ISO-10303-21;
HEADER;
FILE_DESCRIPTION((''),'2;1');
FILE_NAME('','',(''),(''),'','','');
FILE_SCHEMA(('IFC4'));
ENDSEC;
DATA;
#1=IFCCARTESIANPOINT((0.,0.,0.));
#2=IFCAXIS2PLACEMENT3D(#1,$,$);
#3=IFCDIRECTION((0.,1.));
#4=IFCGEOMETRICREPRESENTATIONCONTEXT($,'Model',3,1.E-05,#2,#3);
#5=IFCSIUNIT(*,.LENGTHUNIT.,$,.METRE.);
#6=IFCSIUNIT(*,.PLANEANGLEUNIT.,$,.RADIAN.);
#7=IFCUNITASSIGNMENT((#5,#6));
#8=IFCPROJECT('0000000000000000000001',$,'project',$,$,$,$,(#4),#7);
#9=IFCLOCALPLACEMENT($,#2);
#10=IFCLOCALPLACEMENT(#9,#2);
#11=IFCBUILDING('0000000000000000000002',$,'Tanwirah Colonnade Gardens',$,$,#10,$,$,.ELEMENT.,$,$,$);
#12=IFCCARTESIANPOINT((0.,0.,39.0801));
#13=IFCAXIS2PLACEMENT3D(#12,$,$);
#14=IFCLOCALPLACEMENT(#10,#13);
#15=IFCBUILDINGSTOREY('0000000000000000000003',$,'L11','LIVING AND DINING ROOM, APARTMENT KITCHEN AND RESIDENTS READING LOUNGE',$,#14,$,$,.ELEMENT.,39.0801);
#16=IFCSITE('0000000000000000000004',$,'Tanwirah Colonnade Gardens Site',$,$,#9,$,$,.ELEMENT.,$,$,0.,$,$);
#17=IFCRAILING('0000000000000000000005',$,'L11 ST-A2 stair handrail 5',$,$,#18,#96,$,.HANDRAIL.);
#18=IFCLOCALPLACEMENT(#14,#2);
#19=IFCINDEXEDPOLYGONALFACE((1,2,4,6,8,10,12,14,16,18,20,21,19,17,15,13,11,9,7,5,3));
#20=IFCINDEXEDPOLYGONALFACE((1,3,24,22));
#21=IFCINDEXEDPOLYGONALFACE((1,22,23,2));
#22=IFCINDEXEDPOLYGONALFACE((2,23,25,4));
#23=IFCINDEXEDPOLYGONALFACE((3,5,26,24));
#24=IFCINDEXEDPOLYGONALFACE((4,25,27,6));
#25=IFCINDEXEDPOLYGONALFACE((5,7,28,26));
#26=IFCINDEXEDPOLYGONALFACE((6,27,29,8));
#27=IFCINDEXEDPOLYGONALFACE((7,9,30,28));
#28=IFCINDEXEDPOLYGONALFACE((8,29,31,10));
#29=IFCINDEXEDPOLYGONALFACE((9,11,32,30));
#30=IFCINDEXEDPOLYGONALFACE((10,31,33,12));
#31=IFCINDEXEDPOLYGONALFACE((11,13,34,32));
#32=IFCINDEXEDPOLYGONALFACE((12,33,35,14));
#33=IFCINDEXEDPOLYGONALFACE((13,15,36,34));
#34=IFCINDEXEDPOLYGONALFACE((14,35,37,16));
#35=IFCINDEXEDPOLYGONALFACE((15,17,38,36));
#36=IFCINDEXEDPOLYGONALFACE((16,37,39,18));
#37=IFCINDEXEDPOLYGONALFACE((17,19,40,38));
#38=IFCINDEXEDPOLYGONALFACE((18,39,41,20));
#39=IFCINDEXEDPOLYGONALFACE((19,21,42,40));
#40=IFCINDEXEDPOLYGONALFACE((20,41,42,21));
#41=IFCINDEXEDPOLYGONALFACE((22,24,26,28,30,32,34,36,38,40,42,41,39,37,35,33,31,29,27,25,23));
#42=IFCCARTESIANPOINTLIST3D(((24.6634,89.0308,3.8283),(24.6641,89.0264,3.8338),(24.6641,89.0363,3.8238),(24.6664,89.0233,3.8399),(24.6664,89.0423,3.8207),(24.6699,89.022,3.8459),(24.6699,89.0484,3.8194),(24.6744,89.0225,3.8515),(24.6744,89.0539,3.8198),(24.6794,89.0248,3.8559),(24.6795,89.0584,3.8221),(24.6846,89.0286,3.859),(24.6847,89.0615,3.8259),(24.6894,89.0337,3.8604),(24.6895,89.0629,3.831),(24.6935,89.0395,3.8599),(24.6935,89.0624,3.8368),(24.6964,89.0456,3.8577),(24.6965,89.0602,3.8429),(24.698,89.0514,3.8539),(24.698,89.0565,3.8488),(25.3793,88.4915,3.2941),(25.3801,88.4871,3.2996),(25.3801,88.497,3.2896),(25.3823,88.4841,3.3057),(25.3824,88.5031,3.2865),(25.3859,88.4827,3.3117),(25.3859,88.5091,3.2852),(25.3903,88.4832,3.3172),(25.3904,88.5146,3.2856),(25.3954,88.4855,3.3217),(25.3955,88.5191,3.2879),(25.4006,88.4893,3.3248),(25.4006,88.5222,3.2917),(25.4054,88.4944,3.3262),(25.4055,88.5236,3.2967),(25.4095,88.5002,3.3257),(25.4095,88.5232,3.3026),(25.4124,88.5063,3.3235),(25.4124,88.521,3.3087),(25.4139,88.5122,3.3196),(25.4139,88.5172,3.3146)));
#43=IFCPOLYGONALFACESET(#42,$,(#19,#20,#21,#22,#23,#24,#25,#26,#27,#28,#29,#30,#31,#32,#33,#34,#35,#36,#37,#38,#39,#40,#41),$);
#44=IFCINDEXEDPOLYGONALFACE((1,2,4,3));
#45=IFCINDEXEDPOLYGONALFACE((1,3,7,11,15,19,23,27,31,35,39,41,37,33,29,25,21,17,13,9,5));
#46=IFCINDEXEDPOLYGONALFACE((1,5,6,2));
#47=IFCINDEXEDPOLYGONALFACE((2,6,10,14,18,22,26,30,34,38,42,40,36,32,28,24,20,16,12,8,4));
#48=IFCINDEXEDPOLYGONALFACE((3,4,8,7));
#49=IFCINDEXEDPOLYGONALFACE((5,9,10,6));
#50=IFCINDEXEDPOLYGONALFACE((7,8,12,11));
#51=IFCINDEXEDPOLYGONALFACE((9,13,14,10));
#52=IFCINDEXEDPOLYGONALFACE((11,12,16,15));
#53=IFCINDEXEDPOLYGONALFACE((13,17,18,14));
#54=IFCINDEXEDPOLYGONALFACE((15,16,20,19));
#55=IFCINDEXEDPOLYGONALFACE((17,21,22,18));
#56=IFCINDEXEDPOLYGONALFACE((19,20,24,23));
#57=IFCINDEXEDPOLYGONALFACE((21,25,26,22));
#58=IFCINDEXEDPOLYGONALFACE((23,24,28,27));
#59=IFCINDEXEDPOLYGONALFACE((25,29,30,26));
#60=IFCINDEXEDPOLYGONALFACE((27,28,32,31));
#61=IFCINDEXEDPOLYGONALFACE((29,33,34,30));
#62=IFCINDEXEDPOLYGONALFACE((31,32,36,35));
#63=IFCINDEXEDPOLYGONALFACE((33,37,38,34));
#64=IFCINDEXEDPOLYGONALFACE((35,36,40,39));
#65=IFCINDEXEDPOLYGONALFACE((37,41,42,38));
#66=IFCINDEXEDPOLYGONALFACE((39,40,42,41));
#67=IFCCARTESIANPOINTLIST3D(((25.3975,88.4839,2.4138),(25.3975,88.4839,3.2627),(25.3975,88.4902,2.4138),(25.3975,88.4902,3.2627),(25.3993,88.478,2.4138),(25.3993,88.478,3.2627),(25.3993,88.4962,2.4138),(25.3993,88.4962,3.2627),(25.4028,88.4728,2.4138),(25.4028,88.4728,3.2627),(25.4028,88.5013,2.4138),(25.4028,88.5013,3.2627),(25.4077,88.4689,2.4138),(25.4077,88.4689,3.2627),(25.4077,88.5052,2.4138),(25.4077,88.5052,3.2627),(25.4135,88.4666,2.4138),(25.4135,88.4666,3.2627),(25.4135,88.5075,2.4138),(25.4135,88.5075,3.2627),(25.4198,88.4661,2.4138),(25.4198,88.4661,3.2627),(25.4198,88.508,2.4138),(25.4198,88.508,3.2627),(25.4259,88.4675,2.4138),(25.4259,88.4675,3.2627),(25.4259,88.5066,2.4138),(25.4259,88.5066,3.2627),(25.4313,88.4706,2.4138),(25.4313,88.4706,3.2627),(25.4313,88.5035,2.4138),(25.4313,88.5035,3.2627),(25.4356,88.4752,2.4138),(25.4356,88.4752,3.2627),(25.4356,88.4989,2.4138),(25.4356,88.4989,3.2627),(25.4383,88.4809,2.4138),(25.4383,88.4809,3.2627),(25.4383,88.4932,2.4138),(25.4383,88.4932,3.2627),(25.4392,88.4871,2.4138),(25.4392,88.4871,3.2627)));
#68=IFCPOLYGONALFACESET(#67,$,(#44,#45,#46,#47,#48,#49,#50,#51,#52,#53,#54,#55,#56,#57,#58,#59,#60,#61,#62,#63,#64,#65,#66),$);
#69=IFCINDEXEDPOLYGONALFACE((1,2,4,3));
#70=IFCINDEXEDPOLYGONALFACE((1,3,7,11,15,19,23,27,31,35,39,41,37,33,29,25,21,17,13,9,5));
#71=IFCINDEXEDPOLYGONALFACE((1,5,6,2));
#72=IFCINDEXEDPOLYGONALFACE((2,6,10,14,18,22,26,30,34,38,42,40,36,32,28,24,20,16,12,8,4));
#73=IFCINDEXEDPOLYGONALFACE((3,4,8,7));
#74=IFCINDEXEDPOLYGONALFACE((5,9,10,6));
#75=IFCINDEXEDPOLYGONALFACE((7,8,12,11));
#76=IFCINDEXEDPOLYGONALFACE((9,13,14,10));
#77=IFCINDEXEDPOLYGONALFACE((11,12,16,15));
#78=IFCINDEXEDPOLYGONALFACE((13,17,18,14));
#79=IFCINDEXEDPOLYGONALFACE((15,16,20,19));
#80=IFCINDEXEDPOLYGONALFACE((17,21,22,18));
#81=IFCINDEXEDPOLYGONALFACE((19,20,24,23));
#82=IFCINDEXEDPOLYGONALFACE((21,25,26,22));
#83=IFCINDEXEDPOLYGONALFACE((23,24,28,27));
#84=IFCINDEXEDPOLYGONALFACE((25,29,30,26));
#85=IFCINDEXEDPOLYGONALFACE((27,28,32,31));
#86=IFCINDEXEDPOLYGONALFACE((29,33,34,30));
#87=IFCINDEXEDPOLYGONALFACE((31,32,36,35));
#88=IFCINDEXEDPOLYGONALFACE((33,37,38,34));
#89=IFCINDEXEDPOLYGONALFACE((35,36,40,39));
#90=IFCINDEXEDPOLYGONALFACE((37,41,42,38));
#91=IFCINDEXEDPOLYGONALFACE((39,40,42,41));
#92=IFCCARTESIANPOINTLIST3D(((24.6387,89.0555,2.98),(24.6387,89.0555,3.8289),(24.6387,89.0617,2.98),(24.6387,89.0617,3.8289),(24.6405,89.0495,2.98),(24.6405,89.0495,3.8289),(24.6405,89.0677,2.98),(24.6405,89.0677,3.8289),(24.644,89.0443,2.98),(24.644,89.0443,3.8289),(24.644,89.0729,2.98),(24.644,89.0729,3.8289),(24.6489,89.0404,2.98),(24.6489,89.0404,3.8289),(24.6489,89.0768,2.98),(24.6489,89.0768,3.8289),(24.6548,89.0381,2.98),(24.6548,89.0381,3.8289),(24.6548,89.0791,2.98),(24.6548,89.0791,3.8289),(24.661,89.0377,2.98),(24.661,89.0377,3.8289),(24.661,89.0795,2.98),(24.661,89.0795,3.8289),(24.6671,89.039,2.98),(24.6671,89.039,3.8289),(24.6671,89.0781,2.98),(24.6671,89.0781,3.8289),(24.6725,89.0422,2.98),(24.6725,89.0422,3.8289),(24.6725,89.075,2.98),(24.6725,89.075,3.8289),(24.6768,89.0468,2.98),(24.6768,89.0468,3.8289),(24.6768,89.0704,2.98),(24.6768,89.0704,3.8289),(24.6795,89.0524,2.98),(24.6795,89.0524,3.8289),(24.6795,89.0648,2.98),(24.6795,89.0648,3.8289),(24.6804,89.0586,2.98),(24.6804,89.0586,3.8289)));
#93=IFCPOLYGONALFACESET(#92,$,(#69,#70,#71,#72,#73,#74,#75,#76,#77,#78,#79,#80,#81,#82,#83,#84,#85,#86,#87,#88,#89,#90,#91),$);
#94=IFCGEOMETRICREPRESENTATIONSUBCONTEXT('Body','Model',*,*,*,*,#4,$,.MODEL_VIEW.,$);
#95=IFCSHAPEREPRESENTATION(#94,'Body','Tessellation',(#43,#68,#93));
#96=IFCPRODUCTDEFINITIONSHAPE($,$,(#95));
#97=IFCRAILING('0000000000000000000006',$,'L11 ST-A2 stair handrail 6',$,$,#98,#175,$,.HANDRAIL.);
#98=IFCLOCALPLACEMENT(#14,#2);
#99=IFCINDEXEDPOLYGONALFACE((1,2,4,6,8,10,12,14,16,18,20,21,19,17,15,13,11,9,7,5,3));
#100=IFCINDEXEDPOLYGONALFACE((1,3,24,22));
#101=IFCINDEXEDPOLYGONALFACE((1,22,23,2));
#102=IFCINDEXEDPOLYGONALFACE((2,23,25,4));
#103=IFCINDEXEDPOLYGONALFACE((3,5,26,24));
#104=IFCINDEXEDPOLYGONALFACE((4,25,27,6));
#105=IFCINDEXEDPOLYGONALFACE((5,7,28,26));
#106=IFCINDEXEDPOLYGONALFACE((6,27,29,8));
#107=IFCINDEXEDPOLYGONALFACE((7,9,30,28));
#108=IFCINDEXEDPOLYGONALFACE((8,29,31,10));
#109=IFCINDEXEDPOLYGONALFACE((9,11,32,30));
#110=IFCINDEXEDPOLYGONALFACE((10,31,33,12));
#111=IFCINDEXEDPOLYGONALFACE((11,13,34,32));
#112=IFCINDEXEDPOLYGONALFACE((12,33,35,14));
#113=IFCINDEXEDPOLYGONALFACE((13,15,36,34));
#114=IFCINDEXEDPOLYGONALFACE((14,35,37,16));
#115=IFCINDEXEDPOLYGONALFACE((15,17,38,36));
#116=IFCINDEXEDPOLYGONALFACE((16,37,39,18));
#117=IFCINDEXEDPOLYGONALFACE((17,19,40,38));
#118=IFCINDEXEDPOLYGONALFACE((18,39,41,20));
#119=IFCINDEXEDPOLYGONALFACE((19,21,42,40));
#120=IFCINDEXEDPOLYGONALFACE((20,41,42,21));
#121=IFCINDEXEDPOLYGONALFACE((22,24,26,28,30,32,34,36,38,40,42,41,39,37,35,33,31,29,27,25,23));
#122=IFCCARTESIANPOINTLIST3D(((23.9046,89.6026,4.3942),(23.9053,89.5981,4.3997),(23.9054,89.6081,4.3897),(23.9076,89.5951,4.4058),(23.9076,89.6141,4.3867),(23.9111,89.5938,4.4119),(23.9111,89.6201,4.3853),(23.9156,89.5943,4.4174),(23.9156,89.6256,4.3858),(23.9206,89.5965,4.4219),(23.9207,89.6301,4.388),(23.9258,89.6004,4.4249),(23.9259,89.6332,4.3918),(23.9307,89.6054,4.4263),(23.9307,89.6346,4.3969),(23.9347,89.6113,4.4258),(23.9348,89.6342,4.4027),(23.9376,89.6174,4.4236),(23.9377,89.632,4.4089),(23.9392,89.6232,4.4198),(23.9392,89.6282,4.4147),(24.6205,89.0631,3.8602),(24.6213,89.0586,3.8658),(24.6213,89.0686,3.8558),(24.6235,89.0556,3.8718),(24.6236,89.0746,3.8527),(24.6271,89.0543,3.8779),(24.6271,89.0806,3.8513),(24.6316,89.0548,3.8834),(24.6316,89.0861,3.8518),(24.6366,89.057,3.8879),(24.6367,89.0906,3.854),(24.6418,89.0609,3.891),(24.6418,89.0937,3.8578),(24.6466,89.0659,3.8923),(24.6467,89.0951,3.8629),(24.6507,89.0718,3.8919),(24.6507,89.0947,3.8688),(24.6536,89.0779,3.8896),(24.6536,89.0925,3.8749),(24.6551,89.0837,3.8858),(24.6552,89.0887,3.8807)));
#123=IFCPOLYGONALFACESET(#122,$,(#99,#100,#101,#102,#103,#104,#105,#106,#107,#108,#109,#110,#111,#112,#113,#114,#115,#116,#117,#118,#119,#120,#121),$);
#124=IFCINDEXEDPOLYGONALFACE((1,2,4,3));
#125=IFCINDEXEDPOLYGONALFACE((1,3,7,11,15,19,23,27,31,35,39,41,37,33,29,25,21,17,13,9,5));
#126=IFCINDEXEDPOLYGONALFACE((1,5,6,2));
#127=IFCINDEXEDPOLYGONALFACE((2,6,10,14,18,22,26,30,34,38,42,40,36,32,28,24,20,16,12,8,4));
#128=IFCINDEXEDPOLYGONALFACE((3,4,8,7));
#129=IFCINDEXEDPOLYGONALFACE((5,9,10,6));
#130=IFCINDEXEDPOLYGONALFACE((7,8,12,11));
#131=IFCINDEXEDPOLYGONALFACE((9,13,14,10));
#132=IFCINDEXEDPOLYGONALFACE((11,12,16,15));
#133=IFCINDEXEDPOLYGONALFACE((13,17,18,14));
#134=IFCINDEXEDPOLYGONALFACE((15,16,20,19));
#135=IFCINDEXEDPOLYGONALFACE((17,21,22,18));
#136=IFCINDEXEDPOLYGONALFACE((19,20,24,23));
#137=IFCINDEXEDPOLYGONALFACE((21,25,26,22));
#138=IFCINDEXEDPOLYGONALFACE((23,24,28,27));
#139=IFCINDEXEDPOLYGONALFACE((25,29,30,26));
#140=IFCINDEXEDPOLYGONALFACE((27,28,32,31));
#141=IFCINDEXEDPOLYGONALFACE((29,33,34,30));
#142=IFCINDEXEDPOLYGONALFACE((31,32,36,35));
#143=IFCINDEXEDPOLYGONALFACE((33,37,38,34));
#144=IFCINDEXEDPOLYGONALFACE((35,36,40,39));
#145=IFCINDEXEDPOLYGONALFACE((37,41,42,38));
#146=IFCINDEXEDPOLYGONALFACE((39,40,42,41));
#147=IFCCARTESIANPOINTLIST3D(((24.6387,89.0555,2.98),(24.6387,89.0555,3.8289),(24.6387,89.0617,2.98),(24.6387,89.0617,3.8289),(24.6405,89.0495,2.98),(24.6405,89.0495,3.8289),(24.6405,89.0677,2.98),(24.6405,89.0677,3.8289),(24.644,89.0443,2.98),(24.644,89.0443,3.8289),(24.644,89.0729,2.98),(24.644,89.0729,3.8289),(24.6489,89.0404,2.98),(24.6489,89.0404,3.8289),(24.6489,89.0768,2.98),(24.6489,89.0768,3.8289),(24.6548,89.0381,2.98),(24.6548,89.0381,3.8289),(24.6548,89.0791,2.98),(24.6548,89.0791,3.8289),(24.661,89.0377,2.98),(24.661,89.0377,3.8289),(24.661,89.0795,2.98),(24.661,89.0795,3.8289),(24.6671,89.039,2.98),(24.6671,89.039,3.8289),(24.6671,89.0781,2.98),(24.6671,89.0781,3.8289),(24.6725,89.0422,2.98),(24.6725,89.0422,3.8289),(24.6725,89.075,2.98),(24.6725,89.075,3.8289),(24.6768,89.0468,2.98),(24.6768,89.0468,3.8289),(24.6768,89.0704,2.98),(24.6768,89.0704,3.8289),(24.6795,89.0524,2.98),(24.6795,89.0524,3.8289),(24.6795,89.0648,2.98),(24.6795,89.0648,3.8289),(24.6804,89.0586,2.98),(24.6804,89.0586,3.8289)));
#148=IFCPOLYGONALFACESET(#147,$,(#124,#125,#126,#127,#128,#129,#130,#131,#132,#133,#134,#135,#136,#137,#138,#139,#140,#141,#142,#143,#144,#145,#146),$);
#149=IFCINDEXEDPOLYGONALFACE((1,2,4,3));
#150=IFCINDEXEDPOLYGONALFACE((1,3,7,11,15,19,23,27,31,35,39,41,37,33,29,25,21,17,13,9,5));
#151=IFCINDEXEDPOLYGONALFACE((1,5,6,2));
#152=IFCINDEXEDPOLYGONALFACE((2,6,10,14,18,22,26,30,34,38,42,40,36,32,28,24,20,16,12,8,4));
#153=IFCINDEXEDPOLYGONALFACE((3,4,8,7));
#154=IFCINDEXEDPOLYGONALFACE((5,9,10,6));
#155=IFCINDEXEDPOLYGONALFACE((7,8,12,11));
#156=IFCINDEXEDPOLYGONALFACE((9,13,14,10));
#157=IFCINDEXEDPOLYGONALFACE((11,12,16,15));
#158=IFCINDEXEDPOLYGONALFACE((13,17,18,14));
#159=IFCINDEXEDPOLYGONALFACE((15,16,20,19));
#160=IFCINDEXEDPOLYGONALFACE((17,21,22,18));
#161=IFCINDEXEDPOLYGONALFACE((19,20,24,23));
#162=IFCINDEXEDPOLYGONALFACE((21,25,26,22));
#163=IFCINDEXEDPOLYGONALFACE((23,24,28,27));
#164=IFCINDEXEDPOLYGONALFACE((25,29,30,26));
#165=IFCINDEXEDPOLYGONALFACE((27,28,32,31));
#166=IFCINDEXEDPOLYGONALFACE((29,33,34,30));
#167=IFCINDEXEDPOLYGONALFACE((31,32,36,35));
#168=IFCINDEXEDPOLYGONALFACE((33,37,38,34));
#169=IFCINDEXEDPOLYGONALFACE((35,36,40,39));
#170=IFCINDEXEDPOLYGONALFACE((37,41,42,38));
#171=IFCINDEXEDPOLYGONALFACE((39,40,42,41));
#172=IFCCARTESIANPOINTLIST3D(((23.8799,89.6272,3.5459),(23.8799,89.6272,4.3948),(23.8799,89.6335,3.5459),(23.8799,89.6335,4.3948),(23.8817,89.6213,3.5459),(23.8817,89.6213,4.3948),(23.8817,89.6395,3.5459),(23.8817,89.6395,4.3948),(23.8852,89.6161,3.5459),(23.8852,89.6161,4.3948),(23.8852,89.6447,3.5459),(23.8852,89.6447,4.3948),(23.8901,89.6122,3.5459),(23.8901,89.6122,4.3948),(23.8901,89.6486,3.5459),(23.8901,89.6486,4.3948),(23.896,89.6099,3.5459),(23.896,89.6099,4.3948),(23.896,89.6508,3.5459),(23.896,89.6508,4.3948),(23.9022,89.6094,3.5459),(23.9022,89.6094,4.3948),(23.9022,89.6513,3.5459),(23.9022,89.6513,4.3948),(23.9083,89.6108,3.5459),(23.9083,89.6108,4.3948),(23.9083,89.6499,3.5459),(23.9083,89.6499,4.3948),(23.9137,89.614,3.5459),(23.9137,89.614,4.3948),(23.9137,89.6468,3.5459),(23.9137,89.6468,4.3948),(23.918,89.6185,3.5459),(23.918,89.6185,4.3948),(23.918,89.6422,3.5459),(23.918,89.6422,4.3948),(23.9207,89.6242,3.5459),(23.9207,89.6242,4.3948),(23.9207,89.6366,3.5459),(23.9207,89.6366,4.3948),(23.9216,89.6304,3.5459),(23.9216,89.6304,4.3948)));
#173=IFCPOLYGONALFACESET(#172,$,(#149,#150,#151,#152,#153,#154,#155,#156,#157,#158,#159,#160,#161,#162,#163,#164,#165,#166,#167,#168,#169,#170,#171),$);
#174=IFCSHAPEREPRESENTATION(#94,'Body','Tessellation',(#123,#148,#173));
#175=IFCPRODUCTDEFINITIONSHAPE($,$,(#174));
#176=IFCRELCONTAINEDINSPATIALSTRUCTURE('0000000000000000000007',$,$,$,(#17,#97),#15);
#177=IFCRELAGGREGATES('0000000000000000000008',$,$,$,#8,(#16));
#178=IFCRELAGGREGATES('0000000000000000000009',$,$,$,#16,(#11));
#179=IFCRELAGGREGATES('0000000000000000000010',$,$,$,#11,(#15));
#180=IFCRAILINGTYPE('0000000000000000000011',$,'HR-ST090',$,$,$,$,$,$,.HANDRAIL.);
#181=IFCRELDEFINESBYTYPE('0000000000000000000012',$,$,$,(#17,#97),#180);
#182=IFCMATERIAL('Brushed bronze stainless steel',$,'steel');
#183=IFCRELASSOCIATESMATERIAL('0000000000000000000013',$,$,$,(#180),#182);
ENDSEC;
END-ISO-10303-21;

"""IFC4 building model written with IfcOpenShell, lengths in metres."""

from ifc_helpers import new_model, si_unit, direction, frame, origin, origin_2d, place, context, subcontext, project, spatial, circle, extrude, material, type_object, element, save


model = new_model("IFC4")

# Units and contexts
model_context = context("Model", 3, precision=1e-05, world=origin(), true_north=direction((0.0, 1.0)))
body_context = subcontext(model_context, "Body", "Model", "MODEL_VIEW")
ifc_project = project(units=[si_unit("LENGTHUNIT", "METRE"), si_unit("PLANEANGLEUNIT", "RADIAN")], contexts=[model_context])

# Site, building, storey
site_placement = place(None, origin())
site = spatial("IfcSite", under=ifc_project, at=site_placement, Name="Tanwirah Colonnade Gardens Site", CompositionType="ELEMENT", RefElevation=0.0)
building_placement = place(site_placement, origin())
building = spatial("IfcBuilding", under=site, at=building_placement, Name="Tanwirah Colonnade Gardens", CompositionType="ELEMENT")
storey_placement = place(building_placement, frame((0.0, 0.0, 39.0801)))
storey = spatial("IfcBuildingStorey", under=building, at=storey_placement, Name="L11", Description="LIVING AND DINING ROOM, APARTMENT KITCHEN AND RESIDENTS READING LOUNGE", CompositionType="ELEMENT", Elevation=39.0801)

# Railings
ifc_material_1 = material(Name="Brushed bronze stainless steel", Category="steel")
railing_type = type_object("IfcRailingType", Name="HR-ST090", PredefinedType="HANDRAIL", material=ifc_material_1)
railing_1_placement = place(storey_placement, frame((25.4182, 88.4871, 2.4138)))
element("IfcRailing", 1, at=railing_1_placement, inside=storey, type_object=railing_type, Name="L11 ST-A2 stair handrail 5", PredefinedType="HANDRAIL", context=body_context, shape_type="SweptSolid", body=[
    extrude(circle(Radius=0.0239, at=origin_2d()), frame((-0.0215, 0.0161, 0.8918), z_axis=(-0.686146, 0.516817, 0.51196), x_axis=(-0.601644, -0.798765, 0.0)), (0.0, 0.0, 1.0), 1.0435),
    extrude(circle(Radius=0.021, at=origin_2d()), origin(), (0.0, 0.0, 1.0), 0.8489),
    extrude(circle(Radius=0.021, at=origin_2d()), frame((-0.7588, 0.5715, 0.5662)), (0.0, 0.0, 1.0), 0.8489),
])
railing_2_placement = place(storey_placement, frame((24.6594, 89.0586, 2.98)))
element("IfcRailing", 2, at=railing_2_placement, inside=storey, type_object=railing_type, Name="L11 ST-A2 stair handrail 6", PredefinedType="HANDRAIL", context=body_context, shape_type="SweptSolid", body=[
    extrude(circle(Radius=0.0239, at=origin_2d()), frame((-0.0215, 0.0161, 0.8918), z_axis=(-0.686145, 0.517037, 0.511739), x_axis=(-0.601807, -0.798641, 0.0)), (0.0, 0.0, 1.0), 1.0435),
    extrude(circle(Radius=0.021, at=origin_2d()), origin(), (0.0, 0.0, 1.0), 0.8489),
    extrude(circle(Radius=0.021, at=origin_2d()), frame((-0.7588, 0.5718, 0.5659)), (0.0, 0.0, 1.0), 0.8489),
])

save(model, "model.ifc")
